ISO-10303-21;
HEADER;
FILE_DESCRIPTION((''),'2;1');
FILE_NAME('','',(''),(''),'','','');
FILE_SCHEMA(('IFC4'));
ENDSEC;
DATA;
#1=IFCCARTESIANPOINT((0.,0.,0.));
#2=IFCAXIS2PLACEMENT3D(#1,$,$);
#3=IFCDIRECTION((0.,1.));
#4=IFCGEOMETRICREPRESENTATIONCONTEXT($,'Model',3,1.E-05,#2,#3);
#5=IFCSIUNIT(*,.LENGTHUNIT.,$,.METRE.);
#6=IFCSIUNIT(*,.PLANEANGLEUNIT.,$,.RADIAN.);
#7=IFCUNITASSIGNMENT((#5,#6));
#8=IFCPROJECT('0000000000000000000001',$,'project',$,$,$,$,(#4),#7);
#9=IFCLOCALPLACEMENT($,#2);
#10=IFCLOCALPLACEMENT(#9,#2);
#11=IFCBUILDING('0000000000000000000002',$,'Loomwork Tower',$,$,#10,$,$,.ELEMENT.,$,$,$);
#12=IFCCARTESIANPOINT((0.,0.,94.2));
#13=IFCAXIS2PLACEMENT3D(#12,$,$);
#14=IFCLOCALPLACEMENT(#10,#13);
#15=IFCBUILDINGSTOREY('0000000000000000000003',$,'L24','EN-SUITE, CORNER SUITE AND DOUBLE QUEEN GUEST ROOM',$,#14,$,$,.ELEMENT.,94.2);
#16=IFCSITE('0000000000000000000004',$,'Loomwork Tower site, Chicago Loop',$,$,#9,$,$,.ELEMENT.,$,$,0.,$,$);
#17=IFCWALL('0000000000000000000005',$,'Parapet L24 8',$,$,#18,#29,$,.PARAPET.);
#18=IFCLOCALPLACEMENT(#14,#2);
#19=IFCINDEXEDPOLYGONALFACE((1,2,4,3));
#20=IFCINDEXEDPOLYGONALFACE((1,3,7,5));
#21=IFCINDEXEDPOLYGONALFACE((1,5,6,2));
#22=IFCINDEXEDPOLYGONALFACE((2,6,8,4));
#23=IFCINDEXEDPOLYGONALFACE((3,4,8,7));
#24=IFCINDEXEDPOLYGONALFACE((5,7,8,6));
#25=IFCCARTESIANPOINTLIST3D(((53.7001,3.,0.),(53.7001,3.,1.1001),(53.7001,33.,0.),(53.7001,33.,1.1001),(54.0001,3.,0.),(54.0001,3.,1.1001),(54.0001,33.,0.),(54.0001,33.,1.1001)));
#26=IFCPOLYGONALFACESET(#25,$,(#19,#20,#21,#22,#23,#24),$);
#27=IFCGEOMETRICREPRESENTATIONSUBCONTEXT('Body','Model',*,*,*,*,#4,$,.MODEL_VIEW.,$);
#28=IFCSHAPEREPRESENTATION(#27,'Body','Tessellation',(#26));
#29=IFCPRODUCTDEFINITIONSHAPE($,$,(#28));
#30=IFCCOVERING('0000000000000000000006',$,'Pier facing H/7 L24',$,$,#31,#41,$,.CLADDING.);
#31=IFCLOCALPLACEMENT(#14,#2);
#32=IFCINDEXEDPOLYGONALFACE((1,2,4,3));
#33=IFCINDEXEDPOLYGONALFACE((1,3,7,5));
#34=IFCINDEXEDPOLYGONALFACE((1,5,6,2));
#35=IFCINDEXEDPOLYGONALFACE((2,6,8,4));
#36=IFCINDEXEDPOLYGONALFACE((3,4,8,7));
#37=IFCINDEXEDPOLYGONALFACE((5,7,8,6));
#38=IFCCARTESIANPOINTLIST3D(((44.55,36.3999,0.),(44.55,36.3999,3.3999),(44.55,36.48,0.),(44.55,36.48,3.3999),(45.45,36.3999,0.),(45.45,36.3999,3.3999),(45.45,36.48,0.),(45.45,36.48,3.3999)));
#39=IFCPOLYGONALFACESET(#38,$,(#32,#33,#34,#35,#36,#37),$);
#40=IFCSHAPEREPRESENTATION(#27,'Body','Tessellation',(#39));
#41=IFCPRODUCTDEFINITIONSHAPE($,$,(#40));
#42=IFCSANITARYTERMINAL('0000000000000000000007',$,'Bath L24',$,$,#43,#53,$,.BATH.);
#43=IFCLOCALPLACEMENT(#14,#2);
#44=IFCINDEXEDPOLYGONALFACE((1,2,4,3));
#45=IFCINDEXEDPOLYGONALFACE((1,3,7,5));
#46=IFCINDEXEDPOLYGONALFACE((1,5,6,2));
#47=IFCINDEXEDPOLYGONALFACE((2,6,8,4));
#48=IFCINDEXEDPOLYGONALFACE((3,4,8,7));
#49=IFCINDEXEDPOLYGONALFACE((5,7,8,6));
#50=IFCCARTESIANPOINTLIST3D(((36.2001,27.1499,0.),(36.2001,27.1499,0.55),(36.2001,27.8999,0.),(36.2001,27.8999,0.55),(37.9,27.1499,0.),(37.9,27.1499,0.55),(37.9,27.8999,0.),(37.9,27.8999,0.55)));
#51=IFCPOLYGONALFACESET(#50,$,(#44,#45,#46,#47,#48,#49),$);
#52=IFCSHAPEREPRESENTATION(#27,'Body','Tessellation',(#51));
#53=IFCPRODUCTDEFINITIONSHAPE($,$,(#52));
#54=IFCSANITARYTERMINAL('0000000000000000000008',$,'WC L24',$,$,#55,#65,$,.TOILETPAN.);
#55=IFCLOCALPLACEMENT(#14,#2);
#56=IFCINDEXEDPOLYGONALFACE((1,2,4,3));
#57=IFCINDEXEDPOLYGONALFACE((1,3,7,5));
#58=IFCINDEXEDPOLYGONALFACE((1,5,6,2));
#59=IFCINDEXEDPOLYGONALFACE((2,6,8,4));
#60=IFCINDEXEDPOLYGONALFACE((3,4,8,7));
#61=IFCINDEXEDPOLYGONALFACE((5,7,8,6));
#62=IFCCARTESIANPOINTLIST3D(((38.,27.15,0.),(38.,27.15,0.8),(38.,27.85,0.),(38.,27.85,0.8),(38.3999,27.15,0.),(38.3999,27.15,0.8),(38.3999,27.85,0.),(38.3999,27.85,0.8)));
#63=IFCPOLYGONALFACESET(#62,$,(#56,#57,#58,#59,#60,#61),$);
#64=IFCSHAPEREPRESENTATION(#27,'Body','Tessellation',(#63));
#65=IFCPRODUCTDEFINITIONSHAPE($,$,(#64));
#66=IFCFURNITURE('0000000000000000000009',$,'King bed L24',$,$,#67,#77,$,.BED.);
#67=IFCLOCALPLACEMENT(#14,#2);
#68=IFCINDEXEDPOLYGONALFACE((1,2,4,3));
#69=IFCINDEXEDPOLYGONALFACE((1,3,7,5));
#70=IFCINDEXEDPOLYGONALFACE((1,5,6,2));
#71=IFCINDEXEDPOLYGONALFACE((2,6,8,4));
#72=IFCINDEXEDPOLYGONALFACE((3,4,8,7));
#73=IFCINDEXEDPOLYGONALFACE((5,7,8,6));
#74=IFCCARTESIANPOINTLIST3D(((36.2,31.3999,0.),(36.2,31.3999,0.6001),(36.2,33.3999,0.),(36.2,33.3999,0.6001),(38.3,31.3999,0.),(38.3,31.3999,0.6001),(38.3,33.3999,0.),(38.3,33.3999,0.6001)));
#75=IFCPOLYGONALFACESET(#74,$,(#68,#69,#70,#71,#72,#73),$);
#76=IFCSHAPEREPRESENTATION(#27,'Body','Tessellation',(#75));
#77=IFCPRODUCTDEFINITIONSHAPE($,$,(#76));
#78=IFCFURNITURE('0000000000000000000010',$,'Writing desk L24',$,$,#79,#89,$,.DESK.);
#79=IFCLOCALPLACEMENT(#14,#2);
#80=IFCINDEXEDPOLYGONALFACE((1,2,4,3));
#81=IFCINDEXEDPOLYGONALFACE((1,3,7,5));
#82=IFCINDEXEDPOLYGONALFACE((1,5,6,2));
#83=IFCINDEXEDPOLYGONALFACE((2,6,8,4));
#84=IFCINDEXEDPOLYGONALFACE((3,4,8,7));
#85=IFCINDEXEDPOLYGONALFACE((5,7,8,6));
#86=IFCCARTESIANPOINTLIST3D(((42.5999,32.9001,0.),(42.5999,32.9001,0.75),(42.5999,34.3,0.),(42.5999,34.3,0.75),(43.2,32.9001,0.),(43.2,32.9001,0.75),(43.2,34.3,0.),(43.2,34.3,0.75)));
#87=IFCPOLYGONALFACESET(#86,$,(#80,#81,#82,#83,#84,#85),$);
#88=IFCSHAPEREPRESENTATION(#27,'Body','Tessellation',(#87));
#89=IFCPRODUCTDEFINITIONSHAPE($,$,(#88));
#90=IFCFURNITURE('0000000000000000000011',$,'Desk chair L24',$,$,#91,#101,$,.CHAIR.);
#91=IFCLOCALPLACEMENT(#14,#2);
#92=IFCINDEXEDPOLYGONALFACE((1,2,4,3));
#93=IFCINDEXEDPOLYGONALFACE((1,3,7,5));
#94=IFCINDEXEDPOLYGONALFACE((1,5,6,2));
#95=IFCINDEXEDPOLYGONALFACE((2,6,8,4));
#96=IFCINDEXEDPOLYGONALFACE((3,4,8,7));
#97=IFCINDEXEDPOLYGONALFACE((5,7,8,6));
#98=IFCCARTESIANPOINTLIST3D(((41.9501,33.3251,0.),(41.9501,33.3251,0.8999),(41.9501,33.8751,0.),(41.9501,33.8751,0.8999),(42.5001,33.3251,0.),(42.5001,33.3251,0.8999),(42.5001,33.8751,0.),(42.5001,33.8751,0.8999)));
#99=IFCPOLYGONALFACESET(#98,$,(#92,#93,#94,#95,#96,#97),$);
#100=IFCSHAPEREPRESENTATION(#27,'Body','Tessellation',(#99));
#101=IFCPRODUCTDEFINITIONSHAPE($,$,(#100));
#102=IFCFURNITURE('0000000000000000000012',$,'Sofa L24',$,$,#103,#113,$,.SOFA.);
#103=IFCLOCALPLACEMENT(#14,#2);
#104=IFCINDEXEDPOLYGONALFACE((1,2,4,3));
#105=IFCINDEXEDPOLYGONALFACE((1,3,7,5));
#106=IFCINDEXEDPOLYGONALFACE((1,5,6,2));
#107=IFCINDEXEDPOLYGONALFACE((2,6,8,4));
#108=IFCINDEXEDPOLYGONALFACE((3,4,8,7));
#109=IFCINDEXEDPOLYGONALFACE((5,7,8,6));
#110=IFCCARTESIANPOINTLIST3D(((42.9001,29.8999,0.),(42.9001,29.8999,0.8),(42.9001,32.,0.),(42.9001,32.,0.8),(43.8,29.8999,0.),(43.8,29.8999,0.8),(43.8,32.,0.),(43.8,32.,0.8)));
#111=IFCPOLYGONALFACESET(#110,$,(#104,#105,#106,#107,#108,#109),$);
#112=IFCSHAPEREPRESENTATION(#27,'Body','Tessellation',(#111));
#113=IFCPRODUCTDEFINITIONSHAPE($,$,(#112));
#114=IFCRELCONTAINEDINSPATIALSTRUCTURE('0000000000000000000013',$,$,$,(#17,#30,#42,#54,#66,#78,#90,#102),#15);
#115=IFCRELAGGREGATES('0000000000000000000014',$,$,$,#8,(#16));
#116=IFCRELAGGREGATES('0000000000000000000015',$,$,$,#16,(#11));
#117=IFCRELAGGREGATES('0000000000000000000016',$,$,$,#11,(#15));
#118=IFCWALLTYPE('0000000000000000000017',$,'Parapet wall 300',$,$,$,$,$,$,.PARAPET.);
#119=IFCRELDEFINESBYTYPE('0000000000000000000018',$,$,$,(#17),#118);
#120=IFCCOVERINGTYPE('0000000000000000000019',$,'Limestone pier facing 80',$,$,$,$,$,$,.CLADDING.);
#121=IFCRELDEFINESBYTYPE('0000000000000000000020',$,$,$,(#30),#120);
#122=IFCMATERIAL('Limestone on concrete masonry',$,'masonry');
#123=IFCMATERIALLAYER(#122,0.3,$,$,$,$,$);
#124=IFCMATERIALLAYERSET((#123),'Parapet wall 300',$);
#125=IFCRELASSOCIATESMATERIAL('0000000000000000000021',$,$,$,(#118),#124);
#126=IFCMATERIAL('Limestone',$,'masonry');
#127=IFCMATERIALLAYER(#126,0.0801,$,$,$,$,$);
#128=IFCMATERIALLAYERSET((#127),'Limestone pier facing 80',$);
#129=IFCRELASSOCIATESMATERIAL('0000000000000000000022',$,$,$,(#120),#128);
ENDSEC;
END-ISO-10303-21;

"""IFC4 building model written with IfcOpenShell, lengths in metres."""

from ifc_helpers import new_model, si_unit, direction, frame, frame_2d, origin, origin_2d, place, context, subcontext, project, spatial, rectangle, extrude, material, layer, layer_set, type_object, element, save


model = new_model("IFC4")

# Units and contexts
model_context = context("Model", 3, precision=1e-05, world=origin(), true_north=direction((0.0, 1.0)))
body_context = subcontext(model_context, "Body", "Model", "MODEL_VIEW")
ifc_project = project(units=[si_unit("LENGTHUNIT", "METRE"), si_unit("PLANEANGLEUNIT", "RADIAN")], contexts=[model_context])

# Site, building, storey
site_placement = place(None, origin())
site = spatial("IfcSite", under=ifc_project, at=site_placement, Name="Loomwork Tower site, Chicago Loop", CompositionType="ELEMENT", RefElevation=0.0)
building_placement = place(site_placement, origin())
building = spatial("IfcBuilding", under=site, at=building_placement, Name="Loomwork Tower", CompositionType="ELEMENT")
storey_placement = place(building_placement, frame((0.0, 0.0, 94.2)))
storey = spatial("IfcBuildingStorey", under=building, at=storey_placement, Name="L24", Description="EN-SUITE, CORNER SUITE AND DOUBLE QUEEN GUEST ROOM", CompositionType="ELEMENT", Elevation=94.2)

# Wall
ifc_material_1 = material(Name="Limestone on concrete masonry", Category="masonry")
ifc_layer_1 = layer(ifc_material_1, 0.3)
ifc_layer_set_1 = layer_set([ifc_layer_1], Name="Parapet wall 300")
wall_type_1 = type_object("IfcWallType", Name="Parapet wall 300", PredefinedType="PARAPET", material=ifc_layer_set_1)
wall_1_placement = place(storey_placement, frame((53.8501, 33.0, 0.0), z_axis=(0.0, 0.0, 1.0), x_axis=(0.0, -1.0, 0.0)))
element("IfcWall", 1, at=wall_1_placement, inside=storey, type_object=wall_type_1, Name="Parapet L24 8", PredefinedType="PARAPET", context=body_context, shape_type="SweptSolid", body=[
    extrude(rectangle(XDim=30.0, YDim=0.3, at=frame_2d((15.0, 0.0))), origin(), (0.0, 0.0, 1.0), 1.1001),
])

# Covering
ifc_material_2 = material(Name="Limestone", Category="masonry")
ifc_layer_2 = layer(ifc_material_2, 0.0801)
ifc_layer_set_2 = layer_set([ifc_layer_2], Name="Limestone pier facing 80")
covering_type = type_object("IfcCoveringType", Name="Limestone pier facing 80", PredefinedType="CLADDING", material=ifc_layer_set_2)
covering_placement = place(storey_placement, frame((45.0, 36.4399, 0.0), z_axis=(0.0, 0.0, 1.0), x_axis=(1.0, 0.0, 0.0)))
element("IfcCovering", 2, at=covering_placement, inside=storey, type_object=covering_type, Name="Pier facing H/7 L24", PredefinedType="CLADDING", context=body_context, shape_type="SweptSolid", body=[
    extrude(rectangle(XDim=0.8999, YDim=0.0801, at=origin_2d()), origin(), (0.0, 0.0, 1.0), 3.3999),
])

# Sanitary terminals
sanitary_terminal_1_placement = place(storey_placement, frame((37.05, 27.5249, 0.0), z_axis=(0.0, 0.0, 1.0), x_axis=(1.0, 0.0, 0.0)))
element("IfcSanitaryTerminal", 3, at=sanitary_terminal_1_placement, inside=storey, Name="Bath L24", PredefinedType="BATH", context=body_context, shape_type="SweptSolid", body=[
    extrude(rectangle(XDim=1.7, YDim=0.75, at=origin_2d()), origin(), (0.0, 0.0, 1.0), 0.55),
])
sanitary_terminal_2_placement = place(storey_placement, frame((38.2, 27.5, 0.0), z_axis=(0.0, 0.0, 1.0), x_axis=(1.0, 0.0, 0.0)))
element("IfcSanitaryTerminal", 4, at=sanitary_terminal_2_placement, inside=storey, Name="WC L24", PredefinedType="TOILETPAN", context=body_context, shape_type="SweptSolid", body=[
    extrude(rectangle(XDim=0.3999, YDim=0.7, at=origin_2d()), origin(), (0.0, 0.0, 1.0), 0.8),
])

# Furniture
furniture_1_placement = place(storey_placement, frame((37.25, 32.3999, 0.0), z_axis=(0.0, 0.0, 1.0), x_axis=(1.0, 0.0, 0.0)))
element("IfcFurniture", 5, at=furniture_1_placement, inside=storey, Name="King bed L24", PredefinedType="BED", context=body_context, shape_type="SweptSolid", body=[
    extrude(rectangle(XDim=2.1001, YDim=2.0, at=origin_2d()), origin(), (0.0, 0.0, 1.0), 0.6001),
])
furniture_2_placement = place(storey_placement, frame((42.8999, 33.6001, 0.0), z_axis=(0.0, 0.0, 1.0), x_axis=(1.0, 0.0, 0.0)))
element("IfcFurniture", 6, at=furniture_2_placement, inside=storey, Name="Writing desk L24", PredefinedType="DESK", context=body_context, shape_type="SweptSolid", body=[
    extrude(rectangle(XDim=0.6001, YDim=1.3999, at=origin_2d()), origin(), (0.0, 0.0, 1.0), 0.75),
])
furniture_3_placement = place(storey_placement, frame((42.2251, 33.6001, 0.0), z_axis=(0.0, 0.0, 1.0), x_axis=(1.0, 0.0, 0.0)))
element("IfcFurniture", 7, at=furniture_3_placement, inside=storey, Name="Desk chair L24", PredefinedType="CHAIR", context=body_context, shape_type="SweptSolid", body=[
    extrude(rectangle(XDim=0.55, YDim=0.55, at=origin_2d()), origin(), (0.0, 0.0, 1.0), 0.8999),
])
furniture_4_placement = place(storey_placement, frame((43.3501, 30.95, 0.0), z_axis=(0.0, 0.0, 1.0), x_axis=(1.0, 0.0, 0.0)))
element("IfcFurniture", 8, at=furniture_4_placement, inside=storey, Name="Sofa L24", PredefinedType="SOFA", context=body_context, shape_type="SweptSolid", body=[
    extrude(rectangle(XDim=0.8999, YDim=2.1001, at=origin_2d()), origin(), (0.0, 0.0, 1.0), 0.8),
])

save(model, "model.ifc")
